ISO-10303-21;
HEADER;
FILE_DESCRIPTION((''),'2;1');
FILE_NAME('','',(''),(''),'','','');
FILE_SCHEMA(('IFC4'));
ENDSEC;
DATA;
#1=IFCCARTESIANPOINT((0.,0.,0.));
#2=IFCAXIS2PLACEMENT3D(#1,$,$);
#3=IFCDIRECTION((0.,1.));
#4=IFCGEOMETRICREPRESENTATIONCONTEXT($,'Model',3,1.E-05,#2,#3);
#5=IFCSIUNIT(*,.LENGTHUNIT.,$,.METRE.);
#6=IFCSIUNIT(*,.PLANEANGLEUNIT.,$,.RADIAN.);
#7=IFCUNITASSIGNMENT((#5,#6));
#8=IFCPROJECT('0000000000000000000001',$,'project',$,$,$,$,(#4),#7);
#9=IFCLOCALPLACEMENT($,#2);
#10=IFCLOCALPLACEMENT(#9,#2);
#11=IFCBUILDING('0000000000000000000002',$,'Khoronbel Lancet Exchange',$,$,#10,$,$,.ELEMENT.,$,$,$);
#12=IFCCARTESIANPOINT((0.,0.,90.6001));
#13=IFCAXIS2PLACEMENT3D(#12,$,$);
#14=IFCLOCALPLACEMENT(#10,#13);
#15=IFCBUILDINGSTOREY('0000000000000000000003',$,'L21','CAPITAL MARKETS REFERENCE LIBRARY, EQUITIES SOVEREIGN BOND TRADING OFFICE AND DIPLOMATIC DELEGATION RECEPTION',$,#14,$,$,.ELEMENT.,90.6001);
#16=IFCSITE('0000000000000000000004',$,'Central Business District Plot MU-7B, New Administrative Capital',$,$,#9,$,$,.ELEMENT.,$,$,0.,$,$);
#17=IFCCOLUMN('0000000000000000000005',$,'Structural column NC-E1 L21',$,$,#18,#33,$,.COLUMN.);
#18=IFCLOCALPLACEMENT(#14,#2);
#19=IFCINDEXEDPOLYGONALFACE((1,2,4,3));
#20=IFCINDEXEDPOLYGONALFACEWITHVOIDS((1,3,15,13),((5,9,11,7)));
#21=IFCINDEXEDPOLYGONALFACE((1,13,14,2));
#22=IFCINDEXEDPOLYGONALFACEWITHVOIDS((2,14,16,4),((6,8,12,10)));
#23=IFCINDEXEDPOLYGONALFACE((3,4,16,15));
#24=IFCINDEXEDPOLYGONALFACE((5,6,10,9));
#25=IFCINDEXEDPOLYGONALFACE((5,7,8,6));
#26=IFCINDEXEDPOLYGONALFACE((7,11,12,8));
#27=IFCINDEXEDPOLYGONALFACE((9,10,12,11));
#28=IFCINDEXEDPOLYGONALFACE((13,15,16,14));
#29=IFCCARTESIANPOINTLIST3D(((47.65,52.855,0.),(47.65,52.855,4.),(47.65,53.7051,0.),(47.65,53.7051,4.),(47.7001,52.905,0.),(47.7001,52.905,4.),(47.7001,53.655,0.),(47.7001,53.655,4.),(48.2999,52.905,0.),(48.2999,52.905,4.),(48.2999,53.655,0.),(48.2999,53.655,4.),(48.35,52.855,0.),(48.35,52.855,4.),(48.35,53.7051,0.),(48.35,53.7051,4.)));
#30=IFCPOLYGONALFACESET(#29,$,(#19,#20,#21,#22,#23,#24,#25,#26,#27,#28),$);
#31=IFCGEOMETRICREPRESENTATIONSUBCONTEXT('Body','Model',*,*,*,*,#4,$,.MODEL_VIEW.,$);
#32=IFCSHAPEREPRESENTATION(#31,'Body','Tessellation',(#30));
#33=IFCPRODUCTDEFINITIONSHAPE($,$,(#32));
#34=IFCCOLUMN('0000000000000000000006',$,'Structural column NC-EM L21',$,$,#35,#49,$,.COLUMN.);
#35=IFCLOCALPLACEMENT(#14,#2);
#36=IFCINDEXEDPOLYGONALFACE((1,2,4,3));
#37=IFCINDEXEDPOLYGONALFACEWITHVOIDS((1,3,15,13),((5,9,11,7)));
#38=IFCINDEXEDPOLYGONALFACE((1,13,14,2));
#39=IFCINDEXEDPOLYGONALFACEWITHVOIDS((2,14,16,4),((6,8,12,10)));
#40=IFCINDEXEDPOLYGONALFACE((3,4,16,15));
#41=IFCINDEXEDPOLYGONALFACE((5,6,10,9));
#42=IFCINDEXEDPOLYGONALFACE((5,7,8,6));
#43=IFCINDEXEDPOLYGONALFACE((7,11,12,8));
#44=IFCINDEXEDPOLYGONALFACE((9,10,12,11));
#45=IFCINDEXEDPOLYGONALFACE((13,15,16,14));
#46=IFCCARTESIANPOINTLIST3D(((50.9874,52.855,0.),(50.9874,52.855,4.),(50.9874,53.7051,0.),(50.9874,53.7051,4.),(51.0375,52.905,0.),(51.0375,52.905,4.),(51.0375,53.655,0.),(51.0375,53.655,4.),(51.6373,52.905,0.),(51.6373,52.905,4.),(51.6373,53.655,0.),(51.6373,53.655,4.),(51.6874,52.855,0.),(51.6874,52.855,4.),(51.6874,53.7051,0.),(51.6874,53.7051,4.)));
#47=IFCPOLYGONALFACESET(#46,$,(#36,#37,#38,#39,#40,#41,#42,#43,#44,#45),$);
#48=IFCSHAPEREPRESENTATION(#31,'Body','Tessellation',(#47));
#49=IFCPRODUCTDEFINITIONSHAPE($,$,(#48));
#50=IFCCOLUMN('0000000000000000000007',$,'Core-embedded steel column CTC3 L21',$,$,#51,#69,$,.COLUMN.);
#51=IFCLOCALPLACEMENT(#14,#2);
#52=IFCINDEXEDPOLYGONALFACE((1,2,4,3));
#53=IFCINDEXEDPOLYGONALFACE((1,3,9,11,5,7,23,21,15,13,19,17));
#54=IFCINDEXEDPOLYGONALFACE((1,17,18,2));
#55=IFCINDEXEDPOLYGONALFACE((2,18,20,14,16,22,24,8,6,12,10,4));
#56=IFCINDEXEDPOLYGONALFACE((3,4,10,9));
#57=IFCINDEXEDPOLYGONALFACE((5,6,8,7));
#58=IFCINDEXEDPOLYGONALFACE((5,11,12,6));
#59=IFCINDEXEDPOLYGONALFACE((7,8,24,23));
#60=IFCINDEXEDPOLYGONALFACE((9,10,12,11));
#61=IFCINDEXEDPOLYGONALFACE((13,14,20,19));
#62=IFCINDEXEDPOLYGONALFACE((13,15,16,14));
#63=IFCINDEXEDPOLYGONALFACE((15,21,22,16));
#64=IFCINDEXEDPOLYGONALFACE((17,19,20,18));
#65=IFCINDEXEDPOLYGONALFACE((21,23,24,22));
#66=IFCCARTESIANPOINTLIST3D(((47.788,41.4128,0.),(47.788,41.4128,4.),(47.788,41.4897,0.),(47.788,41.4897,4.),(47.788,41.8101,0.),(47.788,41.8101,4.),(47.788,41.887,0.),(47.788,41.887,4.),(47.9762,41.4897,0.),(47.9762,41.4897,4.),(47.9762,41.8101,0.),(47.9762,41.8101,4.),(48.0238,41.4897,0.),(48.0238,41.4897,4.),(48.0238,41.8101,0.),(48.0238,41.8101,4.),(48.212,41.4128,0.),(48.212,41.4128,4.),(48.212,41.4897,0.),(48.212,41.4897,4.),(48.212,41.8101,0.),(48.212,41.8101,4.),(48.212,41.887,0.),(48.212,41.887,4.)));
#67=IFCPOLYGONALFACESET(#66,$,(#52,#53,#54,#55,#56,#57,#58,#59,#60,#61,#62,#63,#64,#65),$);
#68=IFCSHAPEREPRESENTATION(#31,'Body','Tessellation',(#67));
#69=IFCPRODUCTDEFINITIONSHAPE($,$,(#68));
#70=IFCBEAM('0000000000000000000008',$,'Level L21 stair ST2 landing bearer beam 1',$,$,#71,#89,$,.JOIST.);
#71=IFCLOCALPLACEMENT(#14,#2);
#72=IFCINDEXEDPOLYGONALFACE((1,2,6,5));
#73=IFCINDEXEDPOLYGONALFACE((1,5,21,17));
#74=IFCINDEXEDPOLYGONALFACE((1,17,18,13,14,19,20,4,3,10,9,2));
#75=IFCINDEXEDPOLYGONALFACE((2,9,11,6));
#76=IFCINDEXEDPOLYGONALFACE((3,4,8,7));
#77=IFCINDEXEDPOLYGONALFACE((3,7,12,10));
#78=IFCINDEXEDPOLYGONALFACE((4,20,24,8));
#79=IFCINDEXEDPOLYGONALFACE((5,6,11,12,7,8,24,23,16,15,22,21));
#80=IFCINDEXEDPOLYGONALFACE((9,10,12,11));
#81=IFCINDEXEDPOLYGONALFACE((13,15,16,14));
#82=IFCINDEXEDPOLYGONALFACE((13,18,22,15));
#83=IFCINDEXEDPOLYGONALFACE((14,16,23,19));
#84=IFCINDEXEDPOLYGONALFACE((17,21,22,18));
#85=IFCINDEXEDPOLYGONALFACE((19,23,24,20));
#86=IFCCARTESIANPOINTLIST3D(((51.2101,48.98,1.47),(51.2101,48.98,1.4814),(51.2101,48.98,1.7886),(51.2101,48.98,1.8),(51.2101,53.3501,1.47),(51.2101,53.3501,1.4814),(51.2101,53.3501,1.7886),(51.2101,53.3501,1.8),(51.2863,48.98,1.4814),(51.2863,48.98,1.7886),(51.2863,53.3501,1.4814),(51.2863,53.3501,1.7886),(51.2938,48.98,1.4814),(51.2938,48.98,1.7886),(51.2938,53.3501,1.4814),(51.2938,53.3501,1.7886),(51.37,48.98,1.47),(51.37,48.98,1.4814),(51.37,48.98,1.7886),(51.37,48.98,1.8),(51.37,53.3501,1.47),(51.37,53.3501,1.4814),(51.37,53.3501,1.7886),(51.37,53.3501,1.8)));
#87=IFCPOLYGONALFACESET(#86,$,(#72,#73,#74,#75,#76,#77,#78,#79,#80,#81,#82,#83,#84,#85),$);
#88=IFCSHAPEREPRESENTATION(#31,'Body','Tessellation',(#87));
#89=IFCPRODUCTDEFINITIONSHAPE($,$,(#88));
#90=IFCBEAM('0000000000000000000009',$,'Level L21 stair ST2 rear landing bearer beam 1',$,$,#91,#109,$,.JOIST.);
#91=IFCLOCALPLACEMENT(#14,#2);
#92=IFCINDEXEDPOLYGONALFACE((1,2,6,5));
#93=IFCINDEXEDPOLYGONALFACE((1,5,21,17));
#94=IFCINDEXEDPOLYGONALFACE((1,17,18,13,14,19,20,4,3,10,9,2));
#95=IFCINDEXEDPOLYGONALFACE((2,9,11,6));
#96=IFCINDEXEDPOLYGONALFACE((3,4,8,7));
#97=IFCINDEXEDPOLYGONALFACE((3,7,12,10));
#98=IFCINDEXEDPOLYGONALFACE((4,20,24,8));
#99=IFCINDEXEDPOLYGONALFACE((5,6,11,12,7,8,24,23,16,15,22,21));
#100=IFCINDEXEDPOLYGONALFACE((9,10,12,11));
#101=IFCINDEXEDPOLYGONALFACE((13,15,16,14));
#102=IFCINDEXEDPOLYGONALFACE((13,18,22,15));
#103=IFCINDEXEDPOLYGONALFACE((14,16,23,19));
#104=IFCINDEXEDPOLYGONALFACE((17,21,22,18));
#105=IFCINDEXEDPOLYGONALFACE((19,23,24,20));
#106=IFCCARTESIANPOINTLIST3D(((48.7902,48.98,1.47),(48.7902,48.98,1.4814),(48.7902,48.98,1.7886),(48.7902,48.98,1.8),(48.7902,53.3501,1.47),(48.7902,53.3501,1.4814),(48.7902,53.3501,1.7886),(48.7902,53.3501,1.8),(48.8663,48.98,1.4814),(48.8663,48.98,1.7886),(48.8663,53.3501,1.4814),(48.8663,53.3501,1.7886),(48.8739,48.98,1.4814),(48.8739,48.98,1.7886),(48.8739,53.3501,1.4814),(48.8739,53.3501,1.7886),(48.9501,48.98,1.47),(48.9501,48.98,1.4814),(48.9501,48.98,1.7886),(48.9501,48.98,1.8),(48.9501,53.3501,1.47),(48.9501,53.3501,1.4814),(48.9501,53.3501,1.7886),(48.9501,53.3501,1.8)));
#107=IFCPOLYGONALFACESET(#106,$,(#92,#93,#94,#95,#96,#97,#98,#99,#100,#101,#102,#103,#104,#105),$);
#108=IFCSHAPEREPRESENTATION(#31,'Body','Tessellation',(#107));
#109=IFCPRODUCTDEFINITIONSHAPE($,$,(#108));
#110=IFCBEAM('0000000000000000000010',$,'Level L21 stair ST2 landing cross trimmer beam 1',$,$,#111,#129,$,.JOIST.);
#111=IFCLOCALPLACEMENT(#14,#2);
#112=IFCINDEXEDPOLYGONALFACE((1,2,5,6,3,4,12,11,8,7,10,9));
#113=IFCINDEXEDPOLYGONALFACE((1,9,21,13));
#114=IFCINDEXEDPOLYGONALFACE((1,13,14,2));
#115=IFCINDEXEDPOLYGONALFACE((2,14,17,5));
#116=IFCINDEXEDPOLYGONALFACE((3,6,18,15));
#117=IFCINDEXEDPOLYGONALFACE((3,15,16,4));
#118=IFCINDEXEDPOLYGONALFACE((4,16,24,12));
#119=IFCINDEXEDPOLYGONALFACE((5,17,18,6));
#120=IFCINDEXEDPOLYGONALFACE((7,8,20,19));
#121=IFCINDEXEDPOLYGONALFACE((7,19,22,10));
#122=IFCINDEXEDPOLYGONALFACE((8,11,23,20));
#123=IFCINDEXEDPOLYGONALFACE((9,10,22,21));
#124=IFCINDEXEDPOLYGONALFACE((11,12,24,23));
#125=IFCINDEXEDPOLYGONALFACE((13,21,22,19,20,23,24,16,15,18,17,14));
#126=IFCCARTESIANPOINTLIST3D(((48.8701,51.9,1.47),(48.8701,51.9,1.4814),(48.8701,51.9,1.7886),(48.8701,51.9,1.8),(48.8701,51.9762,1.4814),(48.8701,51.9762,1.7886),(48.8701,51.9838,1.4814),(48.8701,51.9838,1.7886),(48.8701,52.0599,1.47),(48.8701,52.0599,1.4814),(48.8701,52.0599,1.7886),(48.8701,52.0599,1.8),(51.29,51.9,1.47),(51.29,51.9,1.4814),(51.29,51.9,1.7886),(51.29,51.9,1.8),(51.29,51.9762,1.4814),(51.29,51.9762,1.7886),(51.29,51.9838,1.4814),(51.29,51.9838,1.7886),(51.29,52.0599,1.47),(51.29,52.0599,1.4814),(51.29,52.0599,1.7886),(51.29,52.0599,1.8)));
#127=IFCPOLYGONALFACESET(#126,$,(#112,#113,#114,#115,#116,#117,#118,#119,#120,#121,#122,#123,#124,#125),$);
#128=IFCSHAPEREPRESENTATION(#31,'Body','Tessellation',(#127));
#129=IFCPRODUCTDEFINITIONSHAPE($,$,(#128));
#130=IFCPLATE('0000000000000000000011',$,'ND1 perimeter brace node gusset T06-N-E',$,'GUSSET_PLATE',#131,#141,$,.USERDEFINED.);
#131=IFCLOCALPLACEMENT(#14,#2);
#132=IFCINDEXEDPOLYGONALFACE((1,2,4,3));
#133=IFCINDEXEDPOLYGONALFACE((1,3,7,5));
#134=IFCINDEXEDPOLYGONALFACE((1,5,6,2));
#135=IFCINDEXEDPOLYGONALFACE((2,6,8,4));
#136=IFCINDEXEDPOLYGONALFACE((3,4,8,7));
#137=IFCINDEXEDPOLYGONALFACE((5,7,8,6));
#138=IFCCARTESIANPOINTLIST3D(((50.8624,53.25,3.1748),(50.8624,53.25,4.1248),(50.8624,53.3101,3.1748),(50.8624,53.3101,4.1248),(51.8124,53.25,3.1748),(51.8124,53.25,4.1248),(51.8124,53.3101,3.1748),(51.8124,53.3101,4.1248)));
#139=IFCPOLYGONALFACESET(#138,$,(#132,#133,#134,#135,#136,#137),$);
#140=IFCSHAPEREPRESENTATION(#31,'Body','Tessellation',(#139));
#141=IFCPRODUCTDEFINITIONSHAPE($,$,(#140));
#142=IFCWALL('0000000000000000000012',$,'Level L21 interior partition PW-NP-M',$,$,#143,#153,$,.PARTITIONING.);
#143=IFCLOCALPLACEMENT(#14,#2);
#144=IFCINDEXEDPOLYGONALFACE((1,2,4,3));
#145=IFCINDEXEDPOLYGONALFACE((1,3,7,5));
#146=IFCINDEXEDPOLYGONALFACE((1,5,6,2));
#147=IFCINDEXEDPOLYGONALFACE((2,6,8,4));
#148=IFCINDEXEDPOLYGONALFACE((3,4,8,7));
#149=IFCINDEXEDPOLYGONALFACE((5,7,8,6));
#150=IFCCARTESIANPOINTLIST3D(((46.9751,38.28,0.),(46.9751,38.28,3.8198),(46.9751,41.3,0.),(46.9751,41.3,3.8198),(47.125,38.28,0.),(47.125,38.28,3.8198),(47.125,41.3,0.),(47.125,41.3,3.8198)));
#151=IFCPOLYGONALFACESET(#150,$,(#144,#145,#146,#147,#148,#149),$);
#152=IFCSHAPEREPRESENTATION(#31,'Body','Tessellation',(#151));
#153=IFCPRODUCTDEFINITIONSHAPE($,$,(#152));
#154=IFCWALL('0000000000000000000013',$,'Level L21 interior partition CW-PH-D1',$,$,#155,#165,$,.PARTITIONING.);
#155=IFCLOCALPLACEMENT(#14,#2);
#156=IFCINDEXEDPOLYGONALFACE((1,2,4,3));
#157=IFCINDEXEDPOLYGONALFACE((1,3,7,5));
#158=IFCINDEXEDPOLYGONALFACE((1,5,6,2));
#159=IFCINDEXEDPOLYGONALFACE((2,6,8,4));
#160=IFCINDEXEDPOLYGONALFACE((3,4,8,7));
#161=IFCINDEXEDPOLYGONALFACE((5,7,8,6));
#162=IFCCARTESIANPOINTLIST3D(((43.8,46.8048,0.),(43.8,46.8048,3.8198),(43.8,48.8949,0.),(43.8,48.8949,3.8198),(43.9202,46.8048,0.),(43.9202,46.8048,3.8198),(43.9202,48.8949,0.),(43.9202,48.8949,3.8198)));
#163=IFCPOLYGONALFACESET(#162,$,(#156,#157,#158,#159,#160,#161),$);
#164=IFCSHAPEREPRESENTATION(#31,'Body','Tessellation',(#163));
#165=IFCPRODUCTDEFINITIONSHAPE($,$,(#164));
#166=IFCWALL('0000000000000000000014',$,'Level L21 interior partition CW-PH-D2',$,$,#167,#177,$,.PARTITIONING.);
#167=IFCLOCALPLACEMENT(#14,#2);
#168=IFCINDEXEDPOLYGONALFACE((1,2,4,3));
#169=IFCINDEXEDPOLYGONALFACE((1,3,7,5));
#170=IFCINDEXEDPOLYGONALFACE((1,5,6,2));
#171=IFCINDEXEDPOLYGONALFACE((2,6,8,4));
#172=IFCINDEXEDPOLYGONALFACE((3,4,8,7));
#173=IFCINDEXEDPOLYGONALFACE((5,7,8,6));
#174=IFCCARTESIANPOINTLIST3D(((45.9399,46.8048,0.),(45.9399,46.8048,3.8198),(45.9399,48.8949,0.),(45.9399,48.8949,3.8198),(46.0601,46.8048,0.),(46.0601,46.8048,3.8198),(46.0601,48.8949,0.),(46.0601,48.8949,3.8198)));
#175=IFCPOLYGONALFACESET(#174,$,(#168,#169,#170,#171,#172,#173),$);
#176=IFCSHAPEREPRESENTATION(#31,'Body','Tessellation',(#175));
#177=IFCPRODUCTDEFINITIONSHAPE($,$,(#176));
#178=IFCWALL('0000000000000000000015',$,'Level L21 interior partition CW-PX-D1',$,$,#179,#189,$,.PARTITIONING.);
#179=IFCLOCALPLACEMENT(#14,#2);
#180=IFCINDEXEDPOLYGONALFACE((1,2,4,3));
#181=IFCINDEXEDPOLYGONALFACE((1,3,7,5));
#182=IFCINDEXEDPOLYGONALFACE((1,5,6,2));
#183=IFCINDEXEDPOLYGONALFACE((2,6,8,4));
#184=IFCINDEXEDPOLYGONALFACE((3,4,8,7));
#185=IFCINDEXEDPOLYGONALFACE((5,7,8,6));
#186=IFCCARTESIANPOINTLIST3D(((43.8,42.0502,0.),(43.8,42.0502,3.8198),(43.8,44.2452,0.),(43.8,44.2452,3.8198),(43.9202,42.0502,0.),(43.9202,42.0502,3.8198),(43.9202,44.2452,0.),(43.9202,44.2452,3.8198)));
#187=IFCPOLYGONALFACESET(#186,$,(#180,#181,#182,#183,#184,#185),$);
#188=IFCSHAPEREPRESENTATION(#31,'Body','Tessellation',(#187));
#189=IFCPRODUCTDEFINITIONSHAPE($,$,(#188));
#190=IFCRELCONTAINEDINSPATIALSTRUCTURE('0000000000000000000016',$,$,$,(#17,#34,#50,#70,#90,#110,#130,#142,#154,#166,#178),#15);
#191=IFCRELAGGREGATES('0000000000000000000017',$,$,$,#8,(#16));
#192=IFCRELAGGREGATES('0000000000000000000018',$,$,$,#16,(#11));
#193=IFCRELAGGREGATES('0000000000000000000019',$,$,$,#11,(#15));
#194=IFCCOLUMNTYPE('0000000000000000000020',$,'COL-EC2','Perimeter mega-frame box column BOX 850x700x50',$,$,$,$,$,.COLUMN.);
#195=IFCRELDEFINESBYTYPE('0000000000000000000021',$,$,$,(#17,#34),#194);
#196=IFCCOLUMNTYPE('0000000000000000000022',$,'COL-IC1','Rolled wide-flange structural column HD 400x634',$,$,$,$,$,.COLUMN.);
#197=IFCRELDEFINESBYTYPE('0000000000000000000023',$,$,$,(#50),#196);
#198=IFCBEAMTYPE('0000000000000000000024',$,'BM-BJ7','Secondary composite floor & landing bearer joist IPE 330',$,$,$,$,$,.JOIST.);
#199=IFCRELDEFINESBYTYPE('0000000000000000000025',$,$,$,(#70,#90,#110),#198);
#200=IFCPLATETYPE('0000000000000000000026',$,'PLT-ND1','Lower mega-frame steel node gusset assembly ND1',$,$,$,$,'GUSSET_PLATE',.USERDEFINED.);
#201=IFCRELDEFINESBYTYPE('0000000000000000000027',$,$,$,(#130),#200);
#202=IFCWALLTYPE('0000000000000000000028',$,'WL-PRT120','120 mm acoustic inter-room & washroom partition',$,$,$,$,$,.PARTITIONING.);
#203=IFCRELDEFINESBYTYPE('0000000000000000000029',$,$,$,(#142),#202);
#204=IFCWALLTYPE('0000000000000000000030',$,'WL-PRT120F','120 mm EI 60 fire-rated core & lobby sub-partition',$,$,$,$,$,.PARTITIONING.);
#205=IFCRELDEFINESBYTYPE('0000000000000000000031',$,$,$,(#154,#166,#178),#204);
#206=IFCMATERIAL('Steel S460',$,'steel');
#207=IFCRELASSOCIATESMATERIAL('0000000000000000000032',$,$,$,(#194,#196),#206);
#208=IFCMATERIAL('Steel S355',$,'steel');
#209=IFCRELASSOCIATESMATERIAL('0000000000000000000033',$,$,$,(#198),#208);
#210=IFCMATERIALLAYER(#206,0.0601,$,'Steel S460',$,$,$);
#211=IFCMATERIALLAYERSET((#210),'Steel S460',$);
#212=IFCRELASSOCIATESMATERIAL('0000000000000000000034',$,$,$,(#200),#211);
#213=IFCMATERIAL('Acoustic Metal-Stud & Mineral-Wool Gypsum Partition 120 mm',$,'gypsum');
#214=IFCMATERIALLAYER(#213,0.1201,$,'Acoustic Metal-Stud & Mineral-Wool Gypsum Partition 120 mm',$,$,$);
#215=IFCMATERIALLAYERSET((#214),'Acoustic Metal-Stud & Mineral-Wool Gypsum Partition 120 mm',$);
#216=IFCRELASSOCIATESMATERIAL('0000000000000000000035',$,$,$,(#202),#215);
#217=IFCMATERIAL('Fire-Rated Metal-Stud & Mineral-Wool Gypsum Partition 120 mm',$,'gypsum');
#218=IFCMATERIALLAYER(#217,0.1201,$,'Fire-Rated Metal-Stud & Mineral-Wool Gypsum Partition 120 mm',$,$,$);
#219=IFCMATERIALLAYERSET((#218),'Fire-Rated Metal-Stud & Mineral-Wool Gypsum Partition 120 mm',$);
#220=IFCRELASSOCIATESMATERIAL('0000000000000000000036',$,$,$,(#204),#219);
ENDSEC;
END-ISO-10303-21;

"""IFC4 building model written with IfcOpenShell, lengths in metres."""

from ifc_helpers import new_model, si_unit, direction, frame, frame_2d, origin, origin_2d, place, context, subcontext, project, spatial, rectangle, hollow_rectangle, i_section, extrude, material, layer, layer_set, material_profile, profile_set, type_object, element, save


model = new_model("IFC4")

# Units and contexts
model_context = context("Model", 3, precision=1e-05, world=origin(), true_north=direction((0.0, 1.0)))
body_context = subcontext(model_context, "Body", "Model", "MODEL_VIEW")
ifc_project = project(units=[si_unit("LENGTHUNIT", "METRE"), si_unit("PLANEANGLEUNIT", "RADIAN")], contexts=[model_context])

# Site, building, storey
site_placement = place(None, origin())
site = spatial("IfcSite", under=ifc_project, at=site_placement, Name="Central Business District Plot MU-7B, New Administrative Capital", CompositionType="ELEMENT", RefElevation=0.0)
building_placement = place(site_placement, origin())
building = spatial("IfcBuilding", under=site, at=building_placement, Name="Khoronbel Lancet Exchange", CompositionType="ELEMENT")
storey_placement = place(building_placement, frame((0.0, 0.0, 90.6001)))
storey = spatial("IfcBuildingStorey", under=building, at=storey_placement, Name="L21", Description="CAPITAL MARKETS REFERENCE LIBRARY, EQUITIES SOVEREIGN BOND TRADING OFFICE AND DIPLOMATIC DELEGATION RECEPTION", CompositionType="ELEMENT", Elevation=90.6001)

# Columns
ifc_material_1 = material(Name="Steel S460", Category="steel")
ifc_material_profile_1 = material_profile(ifc_material_1, hollow_rectangle(XDim=0.7, YDim=0.8501, WallThickness=0.05, at=origin_2d()), Name="BOX 850x700x50")
ifc_profile_set_1 = profile_set([ifc_material_profile_1], Name="Steel S460")
column_type_1 = type_object("IfcColumnType", Name="COL-EC2", Description="Perimeter mega-frame box column BOX 850x700x50", PredefinedType="COLUMN", material=ifc_profile_set_1)
for number, where, z_axis, x_axis, name in (
    (1, (48.0, 53.28, 0.0), (0.0, 0.0, 1.0), (1.0, 0.0, 0.0), "Structural column NC-E1 L21"),
    (2, (51.3374, 53.28, 0.0), (0.0, 0.0, 1.0), (1.0, 0.0, 0.0), "Structural column NC-EM L21"),
):
    element("IfcColumn", number, at=place(storey_placement, frame(where, z_axis=z_axis, x_axis=x_axis)), inside=storey, type_object=column_type_1, Name=name, PredefinedType="COLUMN", context=body_context, shape_type="SweptSolid", body=[
        extrude(hollow_rectangle(XDim=0.7, YDim=0.8501, WallThickness=0.05, at=origin_2d()), origin(), (0.0, 0.0, 1.0), 4.0),
    ])
ifc_material_profile_2 = material_profile(ifc_material_1, i_section(OverallWidth=0.4241, OverallDepth=0.4741, WebThickness=0.0476, FlangeThickness=0.0769, at=origin_2d()), Name="HD 400x634")
ifc_profile_set_2 = profile_set([ifc_material_profile_2], Name="Steel S460")
column_type_2 = type_object("IfcColumnType", Name="COL-IC1", Description="Rolled wide-flange structural column HD 400x634", PredefinedType="COLUMN", material=ifc_profile_set_2)
column_placement = place(storey_placement, frame((48.0, 41.6499, 0.0), z_axis=(0.0, 0.0, 1.0), x_axis=(1.0, 0.0, 0.0)))
element("IfcColumn", 3, at=column_placement, inside=storey, type_object=column_type_2, Name="Core-embedded steel column CTC3 L21", PredefinedType="COLUMN", context=body_context, shape_type="SweptSolid", body=[
    extrude(i_section(OverallWidth=0.4241, OverallDepth=0.4741, WebThickness=0.0476, FlangeThickness=0.0769, at=origin_2d()), origin(), (0.0, 0.0, 1.0), 4.0),
])

# Beams
ifc_material_2 = material(Name="Steel S355", Category="steel")
ifc_material_profile_3 = material_profile(ifc_material_2, i_section(OverallWidth=0.1599, OverallDepth=0.3301, WebThickness=0.0076, FlangeThickness=0.0115, at=origin_2d()), Name="IPE 330")
ifc_profile_set_3 = profile_set([ifc_material_profile_3], Name="Steel S355")
beam_type = type_object("IfcBeamType", Name="BM-BJ7", Description="Secondary composite floor & landing bearer joist IPE 330", PredefinedType="JOIST", material=ifc_profile_set_3)
for number, where, z_axis, x_axis, name in (
    (4, (51.29, 48.98, 1.635), (0.0, 1.0, 0.0), (-1.0, 0.0, 0.0), "Level L21 stair ST2 landing bearer beam 1"),
    (5, (48.8701, 48.98, 1.635), (0.0, 1.0, 0.0), (-1.0, 0.0, 0.0), "Level L21 stair ST2 rear landing bearer beam 1"),
):
    element("IfcBeam", number, at=place(storey_placement, frame(where, z_axis=z_axis, x_axis=x_axis)), inside=storey, type_object=beam_type, Name=name, PredefinedType="JOIST", context=body_context, shape_type="SweptSolid", body=[
        extrude(i_section(OverallWidth=0.1599, OverallDepth=0.3301, WebThickness=0.0076, FlangeThickness=0.0115, at=origin_2d()), origin(), (0.0, 0.0, 1.0), 4.3701),
    ])
beam_placement = place(storey_placement, frame((48.8701, 51.98, 1.635), z_axis=(1.0, 0.0, 0.0), x_axis=(0.0, 1.0, 0.0)))
element("IfcBeam", 6, at=beam_placement, inside=storey, type_object=beam_type, Name="Level L21 stair ST2 landing cross trimmer beam 1", PredefinedType="JOIST", context=body_context, shape_type="SweptSolid", body=[
    extrude(i_section(OverallWidth=0.1599, OverallDepth=0.3301, WebThickness=0.0076, FlangeThickness=0.0115, at=origin_2d()), origin(), (0.0, 0.0, 1.0), 2.4199),
])

# Plate
ifc_layer_1 = layer(ifc_material_1, 0.0601, Name="Steel S460")
ifc_layer_set_1 = layer_set([ifc_layer_1], Name="Steel S460")
plate_type = type_object("IfcPlateType", Name="PLT-ND1", Description="Lower mega-frame steel node gusset assembly ND1", ElementType="GUSSET_PLATE", PredefinedType="USERDEFINED", material=ifc_layer_set_1)
plate_placement = place(storey_placement, frame((51.3374, 53.28, 3.1748), z_axis=(0.0, 0.0, 1.0), x_axis=(1.0, 0.0, 0.0)))
element("IfcPlate", 7, at=plate_placement, inside=storey, type_object=plate_type, Name="ND1 perimeter brace node gusset T06-N-E", ObjectType="GUSSET_PLATE", PredefinedType="USERDEFINED", context=body_context, shape_type="SweptSolid", body=[
    extrude(rectangle(XDim=0.95, YDim=0.0601, at=origin_2d()), origin(), (0.0, 0.0, 1.0), 0.95),
])

# Walls
ifc_material_3 = material(Name="Acoustic Metal-Stud & Mineral-Wool Gypsum Partition 120 mm", Category="gypsum")
ifc_layer_2 = layer(ifc_material_3, 0.1201, Name="Acoustic Metal-Stud & Mineral-Wool Gypsum Partition 120 mm")
ifc_layer_set_2 = layer_set([ifc_layer_2], Name="Acoustic Metal-Stud & Mineral-Wool Gypsum Partition 120 mm")
wall_type_1 = type_object("IfcWallType", Name="WL-PRT120", Description="120 mm acoustic inter-room & washroom partition", PredefinedType="PARTITIONING", material=ifc_layer_set_2)
wall_1_placement = place(storey_placement, frame((47.05, 38.28, 0.0), z_axis=(0.0, 0.0, 1.0), x_axis=(0.0, 1.0, 0.0)))
element("IfcWall", 8, at=wall_1_placement, inside=storey, type_object=wall_type_1, Name="Level L21 interior partition PW-NP-M", PredefinedType="PARTITIONING", context=body_context, shape_type="SweptSolid", body=[
    extrude(rectangle(XDim=3.02, YDim=0.1499, at=frame_2d((1.51, 0.0))), origin(), (0.0, 0.0, 1.0), 3.8198),
])
ifc_material_4 = material(Name="Fire-Rated Metal-Stud & Mineral-Wool Gypsum Partition 120 mm", Category="gypsum")
ifc_layer_3 = layer(ifc_material_4, 0.1201, Name="Fire-Rated Metal-Stud & Mineral-Wool Gypsum Partition 120 mm")
ifc_layer_set_3 = layer_set([ifc_layer_3], Name="Fire-Rated Metal-Stud & Mineral-Wool Gypsum Partition 120 mm")
wall_type_2 = type_object("IfcWallType", Name="WL-PRT120F", Description="120 mm EI 60 fire-rated core & lobby sub-partition", PredefinedType="PARTITIONING", material=ifc_layer_set_3)
for number, where, z_axis, x_axis, name in (
    (9, (43.8601, 46.8049, 0.0), (0.0, 0.0, 1.0), (0.0, 1.0, 0.0), "Level L21 interior partition CW-PH-D1"),
    (10, (46.0, 46.8049, 0.0), (0.0, 0.0, 1.0), (0.0, 1.0, 0.0), "Level L21 interior partition CW-PH-D2"),
):
    element("IfcWall", number, at=place(storey_placement, frame(where, z_axis=z_axis, x_axis=x_axis)), inside=storey, type_object=wall_type_2, Name=name, PredefinedType="PARTITIONING", context=body_context, shape_type="SweptSolid", body=[
        extrude(rectangle(XDim=2.0901, YDim=0.1201, at=frame_2d((1.0449, 0.0))), origin(), (0.0, 0.0, 1.0), 3.8198),
    ])
for number, where, z_axis, x_axis, name in (
    (11, (43.8601, 42.05, 0.0), (0.0, 0.0, 1.0), (0.0, 1.0, 0.0), "Level L21 interior partition CW-PX-D1"),
):
    element("IfcWall", number, at=place(storey_placement, frame(where, z_axis=z_axis, x_axis=x_axis)), inside=storey, type_object=wall_type_2, Name=name, PredefinedType="PARTITIONING", context=body_context, shape_type="SweptSolid", body=[
        extrude(rectangle(XDim=2.1951, YDim=0.1201, at=frame_2d((1.0977, 0.0))), origin(), (0.0, 0.0, 1.0), 3.8198),
    ])

save(model, "model.ifc")
